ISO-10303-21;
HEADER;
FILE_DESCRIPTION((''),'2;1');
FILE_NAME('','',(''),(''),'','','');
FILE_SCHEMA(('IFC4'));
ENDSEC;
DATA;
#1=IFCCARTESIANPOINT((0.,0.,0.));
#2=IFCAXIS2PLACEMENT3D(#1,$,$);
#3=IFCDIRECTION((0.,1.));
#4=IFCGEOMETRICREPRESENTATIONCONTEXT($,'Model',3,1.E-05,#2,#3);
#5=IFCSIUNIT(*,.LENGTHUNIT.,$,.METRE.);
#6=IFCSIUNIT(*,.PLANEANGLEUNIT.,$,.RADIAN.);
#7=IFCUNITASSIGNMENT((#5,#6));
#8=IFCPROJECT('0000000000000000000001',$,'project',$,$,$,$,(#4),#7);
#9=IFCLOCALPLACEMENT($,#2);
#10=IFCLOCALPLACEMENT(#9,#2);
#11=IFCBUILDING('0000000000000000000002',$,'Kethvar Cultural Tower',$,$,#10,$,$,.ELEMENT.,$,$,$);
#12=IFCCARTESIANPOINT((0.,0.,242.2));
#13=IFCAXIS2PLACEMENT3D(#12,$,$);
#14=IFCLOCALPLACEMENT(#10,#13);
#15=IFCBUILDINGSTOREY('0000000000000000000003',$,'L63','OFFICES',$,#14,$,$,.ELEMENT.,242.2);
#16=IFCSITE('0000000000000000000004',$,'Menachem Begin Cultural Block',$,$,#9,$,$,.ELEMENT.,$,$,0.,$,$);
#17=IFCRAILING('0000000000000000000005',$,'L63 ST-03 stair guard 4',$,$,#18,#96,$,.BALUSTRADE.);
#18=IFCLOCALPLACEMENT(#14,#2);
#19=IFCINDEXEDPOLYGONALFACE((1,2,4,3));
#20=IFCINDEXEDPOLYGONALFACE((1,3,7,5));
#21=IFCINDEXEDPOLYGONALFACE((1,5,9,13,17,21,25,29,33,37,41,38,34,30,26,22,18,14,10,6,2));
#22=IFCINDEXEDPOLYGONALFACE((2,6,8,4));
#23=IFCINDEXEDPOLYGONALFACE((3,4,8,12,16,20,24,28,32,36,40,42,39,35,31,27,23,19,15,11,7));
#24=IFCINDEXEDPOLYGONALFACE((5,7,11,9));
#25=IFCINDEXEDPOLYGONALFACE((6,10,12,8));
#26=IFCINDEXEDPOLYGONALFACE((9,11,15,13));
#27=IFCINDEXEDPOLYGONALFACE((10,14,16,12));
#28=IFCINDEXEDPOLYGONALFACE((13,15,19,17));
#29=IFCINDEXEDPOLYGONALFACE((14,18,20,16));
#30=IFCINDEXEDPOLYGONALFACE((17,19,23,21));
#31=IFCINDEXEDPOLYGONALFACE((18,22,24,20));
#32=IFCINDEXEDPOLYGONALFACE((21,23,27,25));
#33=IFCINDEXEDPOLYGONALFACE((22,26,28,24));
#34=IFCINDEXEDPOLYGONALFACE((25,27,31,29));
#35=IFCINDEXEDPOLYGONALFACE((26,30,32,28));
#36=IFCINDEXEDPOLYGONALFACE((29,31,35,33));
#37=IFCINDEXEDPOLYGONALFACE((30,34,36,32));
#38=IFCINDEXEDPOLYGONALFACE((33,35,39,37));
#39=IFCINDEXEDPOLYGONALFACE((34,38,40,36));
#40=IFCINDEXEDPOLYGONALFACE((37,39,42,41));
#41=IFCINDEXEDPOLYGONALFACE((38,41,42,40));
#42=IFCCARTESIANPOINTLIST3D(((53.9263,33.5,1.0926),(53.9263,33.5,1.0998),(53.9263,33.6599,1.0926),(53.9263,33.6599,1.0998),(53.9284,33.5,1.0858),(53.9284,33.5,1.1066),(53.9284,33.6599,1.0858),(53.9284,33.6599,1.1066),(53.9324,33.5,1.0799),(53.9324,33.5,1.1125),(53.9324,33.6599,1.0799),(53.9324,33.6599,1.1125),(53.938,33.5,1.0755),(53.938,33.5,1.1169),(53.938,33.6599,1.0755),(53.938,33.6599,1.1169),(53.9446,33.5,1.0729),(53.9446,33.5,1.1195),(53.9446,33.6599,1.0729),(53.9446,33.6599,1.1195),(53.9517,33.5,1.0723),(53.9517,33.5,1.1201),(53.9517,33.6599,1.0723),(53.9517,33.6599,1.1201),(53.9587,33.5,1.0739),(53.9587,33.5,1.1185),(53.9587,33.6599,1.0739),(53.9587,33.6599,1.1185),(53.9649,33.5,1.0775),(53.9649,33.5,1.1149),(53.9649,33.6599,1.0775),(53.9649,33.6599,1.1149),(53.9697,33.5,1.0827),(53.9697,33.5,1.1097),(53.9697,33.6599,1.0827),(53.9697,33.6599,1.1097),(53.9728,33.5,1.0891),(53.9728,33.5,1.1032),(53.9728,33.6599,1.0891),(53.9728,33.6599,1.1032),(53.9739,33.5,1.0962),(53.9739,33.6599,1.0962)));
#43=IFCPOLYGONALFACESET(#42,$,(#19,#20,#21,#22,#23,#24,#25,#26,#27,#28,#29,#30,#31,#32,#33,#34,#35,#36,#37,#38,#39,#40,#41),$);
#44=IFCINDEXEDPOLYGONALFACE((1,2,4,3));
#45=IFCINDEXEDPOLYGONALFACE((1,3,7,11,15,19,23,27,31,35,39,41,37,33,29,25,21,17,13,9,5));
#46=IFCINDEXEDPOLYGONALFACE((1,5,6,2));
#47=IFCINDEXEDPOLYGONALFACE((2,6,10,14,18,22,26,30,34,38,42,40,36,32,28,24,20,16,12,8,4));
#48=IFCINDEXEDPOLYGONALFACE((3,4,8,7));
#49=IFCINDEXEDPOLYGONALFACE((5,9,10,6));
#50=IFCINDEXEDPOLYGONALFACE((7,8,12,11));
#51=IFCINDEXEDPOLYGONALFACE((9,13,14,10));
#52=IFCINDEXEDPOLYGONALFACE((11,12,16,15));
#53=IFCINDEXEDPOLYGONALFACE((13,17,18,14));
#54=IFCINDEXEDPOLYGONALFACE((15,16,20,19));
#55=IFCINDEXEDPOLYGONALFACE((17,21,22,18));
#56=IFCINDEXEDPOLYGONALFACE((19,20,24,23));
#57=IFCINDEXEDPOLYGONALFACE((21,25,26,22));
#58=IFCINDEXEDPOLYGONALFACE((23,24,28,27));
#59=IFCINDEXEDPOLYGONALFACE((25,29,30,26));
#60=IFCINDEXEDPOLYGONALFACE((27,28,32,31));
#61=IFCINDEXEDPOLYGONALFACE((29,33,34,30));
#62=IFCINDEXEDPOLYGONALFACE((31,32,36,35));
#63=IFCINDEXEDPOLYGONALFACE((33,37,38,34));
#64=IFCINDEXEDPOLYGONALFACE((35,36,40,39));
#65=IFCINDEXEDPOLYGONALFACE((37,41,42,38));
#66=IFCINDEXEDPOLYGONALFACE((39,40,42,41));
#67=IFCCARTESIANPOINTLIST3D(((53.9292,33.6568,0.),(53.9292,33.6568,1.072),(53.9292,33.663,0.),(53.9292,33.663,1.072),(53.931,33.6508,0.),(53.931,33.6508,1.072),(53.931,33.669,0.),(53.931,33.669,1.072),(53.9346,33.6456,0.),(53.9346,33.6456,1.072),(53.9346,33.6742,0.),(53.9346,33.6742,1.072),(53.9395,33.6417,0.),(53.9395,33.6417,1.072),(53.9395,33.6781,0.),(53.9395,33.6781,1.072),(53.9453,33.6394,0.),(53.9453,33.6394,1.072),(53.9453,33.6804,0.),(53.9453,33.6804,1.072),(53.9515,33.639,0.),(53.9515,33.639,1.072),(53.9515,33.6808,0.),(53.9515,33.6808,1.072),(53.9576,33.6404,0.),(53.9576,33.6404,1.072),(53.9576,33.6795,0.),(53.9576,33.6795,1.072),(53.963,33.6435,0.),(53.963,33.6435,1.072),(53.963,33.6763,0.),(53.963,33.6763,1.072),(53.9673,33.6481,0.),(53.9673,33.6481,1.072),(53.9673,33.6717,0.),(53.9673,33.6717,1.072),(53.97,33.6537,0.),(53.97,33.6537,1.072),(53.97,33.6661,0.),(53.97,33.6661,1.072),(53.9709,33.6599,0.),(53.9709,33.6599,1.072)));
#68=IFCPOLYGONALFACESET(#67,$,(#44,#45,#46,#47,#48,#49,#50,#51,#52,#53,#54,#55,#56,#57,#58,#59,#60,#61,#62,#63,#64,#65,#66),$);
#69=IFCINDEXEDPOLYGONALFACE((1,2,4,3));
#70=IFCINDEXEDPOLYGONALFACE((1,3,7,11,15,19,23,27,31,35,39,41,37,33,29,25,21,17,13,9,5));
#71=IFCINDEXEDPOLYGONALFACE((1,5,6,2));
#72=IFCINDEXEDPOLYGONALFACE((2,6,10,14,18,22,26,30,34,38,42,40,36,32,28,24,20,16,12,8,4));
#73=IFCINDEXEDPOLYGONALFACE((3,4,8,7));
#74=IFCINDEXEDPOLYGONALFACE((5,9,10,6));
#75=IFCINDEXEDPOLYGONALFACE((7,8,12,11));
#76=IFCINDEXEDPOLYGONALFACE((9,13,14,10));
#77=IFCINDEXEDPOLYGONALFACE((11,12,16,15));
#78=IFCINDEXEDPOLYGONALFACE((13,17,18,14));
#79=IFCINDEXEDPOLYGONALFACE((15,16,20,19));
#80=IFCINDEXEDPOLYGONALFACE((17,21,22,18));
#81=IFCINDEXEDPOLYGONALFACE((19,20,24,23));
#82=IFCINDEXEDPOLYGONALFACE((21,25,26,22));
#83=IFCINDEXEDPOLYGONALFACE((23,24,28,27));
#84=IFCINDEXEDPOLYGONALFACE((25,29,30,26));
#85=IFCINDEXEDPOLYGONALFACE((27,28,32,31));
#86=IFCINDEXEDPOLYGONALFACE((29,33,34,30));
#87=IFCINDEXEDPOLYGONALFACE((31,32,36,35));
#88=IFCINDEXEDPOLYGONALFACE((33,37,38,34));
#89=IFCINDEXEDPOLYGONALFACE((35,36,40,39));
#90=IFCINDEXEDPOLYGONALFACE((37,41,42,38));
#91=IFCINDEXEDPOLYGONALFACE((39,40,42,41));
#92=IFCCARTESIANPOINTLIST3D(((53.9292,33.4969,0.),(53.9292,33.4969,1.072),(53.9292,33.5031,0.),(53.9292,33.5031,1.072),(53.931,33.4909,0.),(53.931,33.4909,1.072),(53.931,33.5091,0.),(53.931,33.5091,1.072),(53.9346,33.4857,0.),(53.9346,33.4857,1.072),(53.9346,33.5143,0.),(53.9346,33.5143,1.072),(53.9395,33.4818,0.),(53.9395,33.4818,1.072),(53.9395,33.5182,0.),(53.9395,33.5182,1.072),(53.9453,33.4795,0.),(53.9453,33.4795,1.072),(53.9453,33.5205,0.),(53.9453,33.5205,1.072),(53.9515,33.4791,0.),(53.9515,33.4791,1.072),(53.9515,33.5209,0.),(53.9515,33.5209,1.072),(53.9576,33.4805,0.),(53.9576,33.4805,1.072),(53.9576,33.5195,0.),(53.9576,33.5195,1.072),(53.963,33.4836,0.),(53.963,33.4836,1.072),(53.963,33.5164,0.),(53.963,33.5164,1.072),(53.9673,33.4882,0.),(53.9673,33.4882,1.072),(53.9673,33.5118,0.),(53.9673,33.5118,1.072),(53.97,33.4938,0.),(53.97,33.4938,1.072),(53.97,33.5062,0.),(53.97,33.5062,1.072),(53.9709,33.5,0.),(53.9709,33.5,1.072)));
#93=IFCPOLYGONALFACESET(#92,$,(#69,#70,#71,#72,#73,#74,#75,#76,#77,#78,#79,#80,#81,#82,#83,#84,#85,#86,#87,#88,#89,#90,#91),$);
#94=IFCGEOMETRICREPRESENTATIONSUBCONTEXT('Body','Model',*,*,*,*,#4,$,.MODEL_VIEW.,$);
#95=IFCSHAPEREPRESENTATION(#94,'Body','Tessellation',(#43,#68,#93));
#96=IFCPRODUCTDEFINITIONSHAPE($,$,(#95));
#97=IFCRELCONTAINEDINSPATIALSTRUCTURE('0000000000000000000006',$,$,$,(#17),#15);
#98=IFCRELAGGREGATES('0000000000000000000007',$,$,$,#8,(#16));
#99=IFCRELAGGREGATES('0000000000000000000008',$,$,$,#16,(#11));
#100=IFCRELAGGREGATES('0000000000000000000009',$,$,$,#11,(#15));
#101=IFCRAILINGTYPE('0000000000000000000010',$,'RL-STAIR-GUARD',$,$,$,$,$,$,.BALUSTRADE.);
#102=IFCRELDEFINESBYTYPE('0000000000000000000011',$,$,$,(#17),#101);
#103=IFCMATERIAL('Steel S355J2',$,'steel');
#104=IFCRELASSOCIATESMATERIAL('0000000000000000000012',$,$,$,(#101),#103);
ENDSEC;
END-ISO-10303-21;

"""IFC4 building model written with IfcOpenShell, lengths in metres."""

from ifc_helpers import new_model, si_unit, direction, frame, origin, origin_2d, place, context, subcontext, project, spatial, circle, extrude, material, type_object, element, save


model = new_model("IFC4")

# Units and contexts
model_context = context("Model", 3, precision=1e-05, world=origin(), true_north=direction((0.0, 1.0)))
body_context = subcontext(model_context, "Body", "Model", "MODEL_VIEW")
ifc_project = project(units=[si_unit("LENGTHUNIT", "METRE"), si_unit("PLANEANGLEUNIT", "RADIAN")], contexts=[model_context])

# Site, building, storey
site_placement = place(None, origin())
site = spatial("IfcSite", under=ifc_project, at=site_placement, Name="Menachem Begin Cultural Block", CompositionType="ELEMENT", RefElevation=0.0)
building_placement = place(site_placement, origin())
building = spatial("IfcBuilding", under=site, at=building_placement, Name="Kethvar Cultural Tower", CompositionType="ELEMENT")
storey_placement = place(building_placement, frame((0.0, 0.0, 242.2)))
storey = spatial("IfcBuildingStorey", under=building, at=storey_placement, Name="L63", Description="OFFICES", CompositionType="ELEMENT", Elevation=242.2)

# Shared definitions
ifc_material_1 = material(Name="Steel S355J2", Category="steel")

# Railing
railing_type_1 = type_object("IfcRailingType", Name="RL-STAIR-GUARD", PredefinedType="BALUSTRADE", material=ifc_material_1)
railing_1_placement = place(storey_placement, frame((53.95, 33.6599, 0.0)))
element("IfcRailing", 1, at=railing_1_placement, inside=storey, type_object=railing_type_1, Name="L63 ST-03 stair guard 4", PredefinedType="BALUSTRADE", context=body_context, shape_type="SweptSolid", body=[
    extrude(circle(Radius=0.0239, at=origin_2d()), frame((0.0, 0.0, 1.0962), z_axis=(0.0, -1.0, 0.0), x_axis=(1.0, 0.0, 0.0)), (0.0, 0.0, 1.0), 0.1599),
    extrude(circle(Radius=0.021, at=origin_2d()), origin(), (0.0, 0.0, 1.0), 1.072),
    extrude(circle(Radius=0.021, at=origin_2d()), frame((0.0, -0.1599, 0.0)), (0.0, 0.0, 1.0), 1.072),
])

save(model, "model.ifc")
